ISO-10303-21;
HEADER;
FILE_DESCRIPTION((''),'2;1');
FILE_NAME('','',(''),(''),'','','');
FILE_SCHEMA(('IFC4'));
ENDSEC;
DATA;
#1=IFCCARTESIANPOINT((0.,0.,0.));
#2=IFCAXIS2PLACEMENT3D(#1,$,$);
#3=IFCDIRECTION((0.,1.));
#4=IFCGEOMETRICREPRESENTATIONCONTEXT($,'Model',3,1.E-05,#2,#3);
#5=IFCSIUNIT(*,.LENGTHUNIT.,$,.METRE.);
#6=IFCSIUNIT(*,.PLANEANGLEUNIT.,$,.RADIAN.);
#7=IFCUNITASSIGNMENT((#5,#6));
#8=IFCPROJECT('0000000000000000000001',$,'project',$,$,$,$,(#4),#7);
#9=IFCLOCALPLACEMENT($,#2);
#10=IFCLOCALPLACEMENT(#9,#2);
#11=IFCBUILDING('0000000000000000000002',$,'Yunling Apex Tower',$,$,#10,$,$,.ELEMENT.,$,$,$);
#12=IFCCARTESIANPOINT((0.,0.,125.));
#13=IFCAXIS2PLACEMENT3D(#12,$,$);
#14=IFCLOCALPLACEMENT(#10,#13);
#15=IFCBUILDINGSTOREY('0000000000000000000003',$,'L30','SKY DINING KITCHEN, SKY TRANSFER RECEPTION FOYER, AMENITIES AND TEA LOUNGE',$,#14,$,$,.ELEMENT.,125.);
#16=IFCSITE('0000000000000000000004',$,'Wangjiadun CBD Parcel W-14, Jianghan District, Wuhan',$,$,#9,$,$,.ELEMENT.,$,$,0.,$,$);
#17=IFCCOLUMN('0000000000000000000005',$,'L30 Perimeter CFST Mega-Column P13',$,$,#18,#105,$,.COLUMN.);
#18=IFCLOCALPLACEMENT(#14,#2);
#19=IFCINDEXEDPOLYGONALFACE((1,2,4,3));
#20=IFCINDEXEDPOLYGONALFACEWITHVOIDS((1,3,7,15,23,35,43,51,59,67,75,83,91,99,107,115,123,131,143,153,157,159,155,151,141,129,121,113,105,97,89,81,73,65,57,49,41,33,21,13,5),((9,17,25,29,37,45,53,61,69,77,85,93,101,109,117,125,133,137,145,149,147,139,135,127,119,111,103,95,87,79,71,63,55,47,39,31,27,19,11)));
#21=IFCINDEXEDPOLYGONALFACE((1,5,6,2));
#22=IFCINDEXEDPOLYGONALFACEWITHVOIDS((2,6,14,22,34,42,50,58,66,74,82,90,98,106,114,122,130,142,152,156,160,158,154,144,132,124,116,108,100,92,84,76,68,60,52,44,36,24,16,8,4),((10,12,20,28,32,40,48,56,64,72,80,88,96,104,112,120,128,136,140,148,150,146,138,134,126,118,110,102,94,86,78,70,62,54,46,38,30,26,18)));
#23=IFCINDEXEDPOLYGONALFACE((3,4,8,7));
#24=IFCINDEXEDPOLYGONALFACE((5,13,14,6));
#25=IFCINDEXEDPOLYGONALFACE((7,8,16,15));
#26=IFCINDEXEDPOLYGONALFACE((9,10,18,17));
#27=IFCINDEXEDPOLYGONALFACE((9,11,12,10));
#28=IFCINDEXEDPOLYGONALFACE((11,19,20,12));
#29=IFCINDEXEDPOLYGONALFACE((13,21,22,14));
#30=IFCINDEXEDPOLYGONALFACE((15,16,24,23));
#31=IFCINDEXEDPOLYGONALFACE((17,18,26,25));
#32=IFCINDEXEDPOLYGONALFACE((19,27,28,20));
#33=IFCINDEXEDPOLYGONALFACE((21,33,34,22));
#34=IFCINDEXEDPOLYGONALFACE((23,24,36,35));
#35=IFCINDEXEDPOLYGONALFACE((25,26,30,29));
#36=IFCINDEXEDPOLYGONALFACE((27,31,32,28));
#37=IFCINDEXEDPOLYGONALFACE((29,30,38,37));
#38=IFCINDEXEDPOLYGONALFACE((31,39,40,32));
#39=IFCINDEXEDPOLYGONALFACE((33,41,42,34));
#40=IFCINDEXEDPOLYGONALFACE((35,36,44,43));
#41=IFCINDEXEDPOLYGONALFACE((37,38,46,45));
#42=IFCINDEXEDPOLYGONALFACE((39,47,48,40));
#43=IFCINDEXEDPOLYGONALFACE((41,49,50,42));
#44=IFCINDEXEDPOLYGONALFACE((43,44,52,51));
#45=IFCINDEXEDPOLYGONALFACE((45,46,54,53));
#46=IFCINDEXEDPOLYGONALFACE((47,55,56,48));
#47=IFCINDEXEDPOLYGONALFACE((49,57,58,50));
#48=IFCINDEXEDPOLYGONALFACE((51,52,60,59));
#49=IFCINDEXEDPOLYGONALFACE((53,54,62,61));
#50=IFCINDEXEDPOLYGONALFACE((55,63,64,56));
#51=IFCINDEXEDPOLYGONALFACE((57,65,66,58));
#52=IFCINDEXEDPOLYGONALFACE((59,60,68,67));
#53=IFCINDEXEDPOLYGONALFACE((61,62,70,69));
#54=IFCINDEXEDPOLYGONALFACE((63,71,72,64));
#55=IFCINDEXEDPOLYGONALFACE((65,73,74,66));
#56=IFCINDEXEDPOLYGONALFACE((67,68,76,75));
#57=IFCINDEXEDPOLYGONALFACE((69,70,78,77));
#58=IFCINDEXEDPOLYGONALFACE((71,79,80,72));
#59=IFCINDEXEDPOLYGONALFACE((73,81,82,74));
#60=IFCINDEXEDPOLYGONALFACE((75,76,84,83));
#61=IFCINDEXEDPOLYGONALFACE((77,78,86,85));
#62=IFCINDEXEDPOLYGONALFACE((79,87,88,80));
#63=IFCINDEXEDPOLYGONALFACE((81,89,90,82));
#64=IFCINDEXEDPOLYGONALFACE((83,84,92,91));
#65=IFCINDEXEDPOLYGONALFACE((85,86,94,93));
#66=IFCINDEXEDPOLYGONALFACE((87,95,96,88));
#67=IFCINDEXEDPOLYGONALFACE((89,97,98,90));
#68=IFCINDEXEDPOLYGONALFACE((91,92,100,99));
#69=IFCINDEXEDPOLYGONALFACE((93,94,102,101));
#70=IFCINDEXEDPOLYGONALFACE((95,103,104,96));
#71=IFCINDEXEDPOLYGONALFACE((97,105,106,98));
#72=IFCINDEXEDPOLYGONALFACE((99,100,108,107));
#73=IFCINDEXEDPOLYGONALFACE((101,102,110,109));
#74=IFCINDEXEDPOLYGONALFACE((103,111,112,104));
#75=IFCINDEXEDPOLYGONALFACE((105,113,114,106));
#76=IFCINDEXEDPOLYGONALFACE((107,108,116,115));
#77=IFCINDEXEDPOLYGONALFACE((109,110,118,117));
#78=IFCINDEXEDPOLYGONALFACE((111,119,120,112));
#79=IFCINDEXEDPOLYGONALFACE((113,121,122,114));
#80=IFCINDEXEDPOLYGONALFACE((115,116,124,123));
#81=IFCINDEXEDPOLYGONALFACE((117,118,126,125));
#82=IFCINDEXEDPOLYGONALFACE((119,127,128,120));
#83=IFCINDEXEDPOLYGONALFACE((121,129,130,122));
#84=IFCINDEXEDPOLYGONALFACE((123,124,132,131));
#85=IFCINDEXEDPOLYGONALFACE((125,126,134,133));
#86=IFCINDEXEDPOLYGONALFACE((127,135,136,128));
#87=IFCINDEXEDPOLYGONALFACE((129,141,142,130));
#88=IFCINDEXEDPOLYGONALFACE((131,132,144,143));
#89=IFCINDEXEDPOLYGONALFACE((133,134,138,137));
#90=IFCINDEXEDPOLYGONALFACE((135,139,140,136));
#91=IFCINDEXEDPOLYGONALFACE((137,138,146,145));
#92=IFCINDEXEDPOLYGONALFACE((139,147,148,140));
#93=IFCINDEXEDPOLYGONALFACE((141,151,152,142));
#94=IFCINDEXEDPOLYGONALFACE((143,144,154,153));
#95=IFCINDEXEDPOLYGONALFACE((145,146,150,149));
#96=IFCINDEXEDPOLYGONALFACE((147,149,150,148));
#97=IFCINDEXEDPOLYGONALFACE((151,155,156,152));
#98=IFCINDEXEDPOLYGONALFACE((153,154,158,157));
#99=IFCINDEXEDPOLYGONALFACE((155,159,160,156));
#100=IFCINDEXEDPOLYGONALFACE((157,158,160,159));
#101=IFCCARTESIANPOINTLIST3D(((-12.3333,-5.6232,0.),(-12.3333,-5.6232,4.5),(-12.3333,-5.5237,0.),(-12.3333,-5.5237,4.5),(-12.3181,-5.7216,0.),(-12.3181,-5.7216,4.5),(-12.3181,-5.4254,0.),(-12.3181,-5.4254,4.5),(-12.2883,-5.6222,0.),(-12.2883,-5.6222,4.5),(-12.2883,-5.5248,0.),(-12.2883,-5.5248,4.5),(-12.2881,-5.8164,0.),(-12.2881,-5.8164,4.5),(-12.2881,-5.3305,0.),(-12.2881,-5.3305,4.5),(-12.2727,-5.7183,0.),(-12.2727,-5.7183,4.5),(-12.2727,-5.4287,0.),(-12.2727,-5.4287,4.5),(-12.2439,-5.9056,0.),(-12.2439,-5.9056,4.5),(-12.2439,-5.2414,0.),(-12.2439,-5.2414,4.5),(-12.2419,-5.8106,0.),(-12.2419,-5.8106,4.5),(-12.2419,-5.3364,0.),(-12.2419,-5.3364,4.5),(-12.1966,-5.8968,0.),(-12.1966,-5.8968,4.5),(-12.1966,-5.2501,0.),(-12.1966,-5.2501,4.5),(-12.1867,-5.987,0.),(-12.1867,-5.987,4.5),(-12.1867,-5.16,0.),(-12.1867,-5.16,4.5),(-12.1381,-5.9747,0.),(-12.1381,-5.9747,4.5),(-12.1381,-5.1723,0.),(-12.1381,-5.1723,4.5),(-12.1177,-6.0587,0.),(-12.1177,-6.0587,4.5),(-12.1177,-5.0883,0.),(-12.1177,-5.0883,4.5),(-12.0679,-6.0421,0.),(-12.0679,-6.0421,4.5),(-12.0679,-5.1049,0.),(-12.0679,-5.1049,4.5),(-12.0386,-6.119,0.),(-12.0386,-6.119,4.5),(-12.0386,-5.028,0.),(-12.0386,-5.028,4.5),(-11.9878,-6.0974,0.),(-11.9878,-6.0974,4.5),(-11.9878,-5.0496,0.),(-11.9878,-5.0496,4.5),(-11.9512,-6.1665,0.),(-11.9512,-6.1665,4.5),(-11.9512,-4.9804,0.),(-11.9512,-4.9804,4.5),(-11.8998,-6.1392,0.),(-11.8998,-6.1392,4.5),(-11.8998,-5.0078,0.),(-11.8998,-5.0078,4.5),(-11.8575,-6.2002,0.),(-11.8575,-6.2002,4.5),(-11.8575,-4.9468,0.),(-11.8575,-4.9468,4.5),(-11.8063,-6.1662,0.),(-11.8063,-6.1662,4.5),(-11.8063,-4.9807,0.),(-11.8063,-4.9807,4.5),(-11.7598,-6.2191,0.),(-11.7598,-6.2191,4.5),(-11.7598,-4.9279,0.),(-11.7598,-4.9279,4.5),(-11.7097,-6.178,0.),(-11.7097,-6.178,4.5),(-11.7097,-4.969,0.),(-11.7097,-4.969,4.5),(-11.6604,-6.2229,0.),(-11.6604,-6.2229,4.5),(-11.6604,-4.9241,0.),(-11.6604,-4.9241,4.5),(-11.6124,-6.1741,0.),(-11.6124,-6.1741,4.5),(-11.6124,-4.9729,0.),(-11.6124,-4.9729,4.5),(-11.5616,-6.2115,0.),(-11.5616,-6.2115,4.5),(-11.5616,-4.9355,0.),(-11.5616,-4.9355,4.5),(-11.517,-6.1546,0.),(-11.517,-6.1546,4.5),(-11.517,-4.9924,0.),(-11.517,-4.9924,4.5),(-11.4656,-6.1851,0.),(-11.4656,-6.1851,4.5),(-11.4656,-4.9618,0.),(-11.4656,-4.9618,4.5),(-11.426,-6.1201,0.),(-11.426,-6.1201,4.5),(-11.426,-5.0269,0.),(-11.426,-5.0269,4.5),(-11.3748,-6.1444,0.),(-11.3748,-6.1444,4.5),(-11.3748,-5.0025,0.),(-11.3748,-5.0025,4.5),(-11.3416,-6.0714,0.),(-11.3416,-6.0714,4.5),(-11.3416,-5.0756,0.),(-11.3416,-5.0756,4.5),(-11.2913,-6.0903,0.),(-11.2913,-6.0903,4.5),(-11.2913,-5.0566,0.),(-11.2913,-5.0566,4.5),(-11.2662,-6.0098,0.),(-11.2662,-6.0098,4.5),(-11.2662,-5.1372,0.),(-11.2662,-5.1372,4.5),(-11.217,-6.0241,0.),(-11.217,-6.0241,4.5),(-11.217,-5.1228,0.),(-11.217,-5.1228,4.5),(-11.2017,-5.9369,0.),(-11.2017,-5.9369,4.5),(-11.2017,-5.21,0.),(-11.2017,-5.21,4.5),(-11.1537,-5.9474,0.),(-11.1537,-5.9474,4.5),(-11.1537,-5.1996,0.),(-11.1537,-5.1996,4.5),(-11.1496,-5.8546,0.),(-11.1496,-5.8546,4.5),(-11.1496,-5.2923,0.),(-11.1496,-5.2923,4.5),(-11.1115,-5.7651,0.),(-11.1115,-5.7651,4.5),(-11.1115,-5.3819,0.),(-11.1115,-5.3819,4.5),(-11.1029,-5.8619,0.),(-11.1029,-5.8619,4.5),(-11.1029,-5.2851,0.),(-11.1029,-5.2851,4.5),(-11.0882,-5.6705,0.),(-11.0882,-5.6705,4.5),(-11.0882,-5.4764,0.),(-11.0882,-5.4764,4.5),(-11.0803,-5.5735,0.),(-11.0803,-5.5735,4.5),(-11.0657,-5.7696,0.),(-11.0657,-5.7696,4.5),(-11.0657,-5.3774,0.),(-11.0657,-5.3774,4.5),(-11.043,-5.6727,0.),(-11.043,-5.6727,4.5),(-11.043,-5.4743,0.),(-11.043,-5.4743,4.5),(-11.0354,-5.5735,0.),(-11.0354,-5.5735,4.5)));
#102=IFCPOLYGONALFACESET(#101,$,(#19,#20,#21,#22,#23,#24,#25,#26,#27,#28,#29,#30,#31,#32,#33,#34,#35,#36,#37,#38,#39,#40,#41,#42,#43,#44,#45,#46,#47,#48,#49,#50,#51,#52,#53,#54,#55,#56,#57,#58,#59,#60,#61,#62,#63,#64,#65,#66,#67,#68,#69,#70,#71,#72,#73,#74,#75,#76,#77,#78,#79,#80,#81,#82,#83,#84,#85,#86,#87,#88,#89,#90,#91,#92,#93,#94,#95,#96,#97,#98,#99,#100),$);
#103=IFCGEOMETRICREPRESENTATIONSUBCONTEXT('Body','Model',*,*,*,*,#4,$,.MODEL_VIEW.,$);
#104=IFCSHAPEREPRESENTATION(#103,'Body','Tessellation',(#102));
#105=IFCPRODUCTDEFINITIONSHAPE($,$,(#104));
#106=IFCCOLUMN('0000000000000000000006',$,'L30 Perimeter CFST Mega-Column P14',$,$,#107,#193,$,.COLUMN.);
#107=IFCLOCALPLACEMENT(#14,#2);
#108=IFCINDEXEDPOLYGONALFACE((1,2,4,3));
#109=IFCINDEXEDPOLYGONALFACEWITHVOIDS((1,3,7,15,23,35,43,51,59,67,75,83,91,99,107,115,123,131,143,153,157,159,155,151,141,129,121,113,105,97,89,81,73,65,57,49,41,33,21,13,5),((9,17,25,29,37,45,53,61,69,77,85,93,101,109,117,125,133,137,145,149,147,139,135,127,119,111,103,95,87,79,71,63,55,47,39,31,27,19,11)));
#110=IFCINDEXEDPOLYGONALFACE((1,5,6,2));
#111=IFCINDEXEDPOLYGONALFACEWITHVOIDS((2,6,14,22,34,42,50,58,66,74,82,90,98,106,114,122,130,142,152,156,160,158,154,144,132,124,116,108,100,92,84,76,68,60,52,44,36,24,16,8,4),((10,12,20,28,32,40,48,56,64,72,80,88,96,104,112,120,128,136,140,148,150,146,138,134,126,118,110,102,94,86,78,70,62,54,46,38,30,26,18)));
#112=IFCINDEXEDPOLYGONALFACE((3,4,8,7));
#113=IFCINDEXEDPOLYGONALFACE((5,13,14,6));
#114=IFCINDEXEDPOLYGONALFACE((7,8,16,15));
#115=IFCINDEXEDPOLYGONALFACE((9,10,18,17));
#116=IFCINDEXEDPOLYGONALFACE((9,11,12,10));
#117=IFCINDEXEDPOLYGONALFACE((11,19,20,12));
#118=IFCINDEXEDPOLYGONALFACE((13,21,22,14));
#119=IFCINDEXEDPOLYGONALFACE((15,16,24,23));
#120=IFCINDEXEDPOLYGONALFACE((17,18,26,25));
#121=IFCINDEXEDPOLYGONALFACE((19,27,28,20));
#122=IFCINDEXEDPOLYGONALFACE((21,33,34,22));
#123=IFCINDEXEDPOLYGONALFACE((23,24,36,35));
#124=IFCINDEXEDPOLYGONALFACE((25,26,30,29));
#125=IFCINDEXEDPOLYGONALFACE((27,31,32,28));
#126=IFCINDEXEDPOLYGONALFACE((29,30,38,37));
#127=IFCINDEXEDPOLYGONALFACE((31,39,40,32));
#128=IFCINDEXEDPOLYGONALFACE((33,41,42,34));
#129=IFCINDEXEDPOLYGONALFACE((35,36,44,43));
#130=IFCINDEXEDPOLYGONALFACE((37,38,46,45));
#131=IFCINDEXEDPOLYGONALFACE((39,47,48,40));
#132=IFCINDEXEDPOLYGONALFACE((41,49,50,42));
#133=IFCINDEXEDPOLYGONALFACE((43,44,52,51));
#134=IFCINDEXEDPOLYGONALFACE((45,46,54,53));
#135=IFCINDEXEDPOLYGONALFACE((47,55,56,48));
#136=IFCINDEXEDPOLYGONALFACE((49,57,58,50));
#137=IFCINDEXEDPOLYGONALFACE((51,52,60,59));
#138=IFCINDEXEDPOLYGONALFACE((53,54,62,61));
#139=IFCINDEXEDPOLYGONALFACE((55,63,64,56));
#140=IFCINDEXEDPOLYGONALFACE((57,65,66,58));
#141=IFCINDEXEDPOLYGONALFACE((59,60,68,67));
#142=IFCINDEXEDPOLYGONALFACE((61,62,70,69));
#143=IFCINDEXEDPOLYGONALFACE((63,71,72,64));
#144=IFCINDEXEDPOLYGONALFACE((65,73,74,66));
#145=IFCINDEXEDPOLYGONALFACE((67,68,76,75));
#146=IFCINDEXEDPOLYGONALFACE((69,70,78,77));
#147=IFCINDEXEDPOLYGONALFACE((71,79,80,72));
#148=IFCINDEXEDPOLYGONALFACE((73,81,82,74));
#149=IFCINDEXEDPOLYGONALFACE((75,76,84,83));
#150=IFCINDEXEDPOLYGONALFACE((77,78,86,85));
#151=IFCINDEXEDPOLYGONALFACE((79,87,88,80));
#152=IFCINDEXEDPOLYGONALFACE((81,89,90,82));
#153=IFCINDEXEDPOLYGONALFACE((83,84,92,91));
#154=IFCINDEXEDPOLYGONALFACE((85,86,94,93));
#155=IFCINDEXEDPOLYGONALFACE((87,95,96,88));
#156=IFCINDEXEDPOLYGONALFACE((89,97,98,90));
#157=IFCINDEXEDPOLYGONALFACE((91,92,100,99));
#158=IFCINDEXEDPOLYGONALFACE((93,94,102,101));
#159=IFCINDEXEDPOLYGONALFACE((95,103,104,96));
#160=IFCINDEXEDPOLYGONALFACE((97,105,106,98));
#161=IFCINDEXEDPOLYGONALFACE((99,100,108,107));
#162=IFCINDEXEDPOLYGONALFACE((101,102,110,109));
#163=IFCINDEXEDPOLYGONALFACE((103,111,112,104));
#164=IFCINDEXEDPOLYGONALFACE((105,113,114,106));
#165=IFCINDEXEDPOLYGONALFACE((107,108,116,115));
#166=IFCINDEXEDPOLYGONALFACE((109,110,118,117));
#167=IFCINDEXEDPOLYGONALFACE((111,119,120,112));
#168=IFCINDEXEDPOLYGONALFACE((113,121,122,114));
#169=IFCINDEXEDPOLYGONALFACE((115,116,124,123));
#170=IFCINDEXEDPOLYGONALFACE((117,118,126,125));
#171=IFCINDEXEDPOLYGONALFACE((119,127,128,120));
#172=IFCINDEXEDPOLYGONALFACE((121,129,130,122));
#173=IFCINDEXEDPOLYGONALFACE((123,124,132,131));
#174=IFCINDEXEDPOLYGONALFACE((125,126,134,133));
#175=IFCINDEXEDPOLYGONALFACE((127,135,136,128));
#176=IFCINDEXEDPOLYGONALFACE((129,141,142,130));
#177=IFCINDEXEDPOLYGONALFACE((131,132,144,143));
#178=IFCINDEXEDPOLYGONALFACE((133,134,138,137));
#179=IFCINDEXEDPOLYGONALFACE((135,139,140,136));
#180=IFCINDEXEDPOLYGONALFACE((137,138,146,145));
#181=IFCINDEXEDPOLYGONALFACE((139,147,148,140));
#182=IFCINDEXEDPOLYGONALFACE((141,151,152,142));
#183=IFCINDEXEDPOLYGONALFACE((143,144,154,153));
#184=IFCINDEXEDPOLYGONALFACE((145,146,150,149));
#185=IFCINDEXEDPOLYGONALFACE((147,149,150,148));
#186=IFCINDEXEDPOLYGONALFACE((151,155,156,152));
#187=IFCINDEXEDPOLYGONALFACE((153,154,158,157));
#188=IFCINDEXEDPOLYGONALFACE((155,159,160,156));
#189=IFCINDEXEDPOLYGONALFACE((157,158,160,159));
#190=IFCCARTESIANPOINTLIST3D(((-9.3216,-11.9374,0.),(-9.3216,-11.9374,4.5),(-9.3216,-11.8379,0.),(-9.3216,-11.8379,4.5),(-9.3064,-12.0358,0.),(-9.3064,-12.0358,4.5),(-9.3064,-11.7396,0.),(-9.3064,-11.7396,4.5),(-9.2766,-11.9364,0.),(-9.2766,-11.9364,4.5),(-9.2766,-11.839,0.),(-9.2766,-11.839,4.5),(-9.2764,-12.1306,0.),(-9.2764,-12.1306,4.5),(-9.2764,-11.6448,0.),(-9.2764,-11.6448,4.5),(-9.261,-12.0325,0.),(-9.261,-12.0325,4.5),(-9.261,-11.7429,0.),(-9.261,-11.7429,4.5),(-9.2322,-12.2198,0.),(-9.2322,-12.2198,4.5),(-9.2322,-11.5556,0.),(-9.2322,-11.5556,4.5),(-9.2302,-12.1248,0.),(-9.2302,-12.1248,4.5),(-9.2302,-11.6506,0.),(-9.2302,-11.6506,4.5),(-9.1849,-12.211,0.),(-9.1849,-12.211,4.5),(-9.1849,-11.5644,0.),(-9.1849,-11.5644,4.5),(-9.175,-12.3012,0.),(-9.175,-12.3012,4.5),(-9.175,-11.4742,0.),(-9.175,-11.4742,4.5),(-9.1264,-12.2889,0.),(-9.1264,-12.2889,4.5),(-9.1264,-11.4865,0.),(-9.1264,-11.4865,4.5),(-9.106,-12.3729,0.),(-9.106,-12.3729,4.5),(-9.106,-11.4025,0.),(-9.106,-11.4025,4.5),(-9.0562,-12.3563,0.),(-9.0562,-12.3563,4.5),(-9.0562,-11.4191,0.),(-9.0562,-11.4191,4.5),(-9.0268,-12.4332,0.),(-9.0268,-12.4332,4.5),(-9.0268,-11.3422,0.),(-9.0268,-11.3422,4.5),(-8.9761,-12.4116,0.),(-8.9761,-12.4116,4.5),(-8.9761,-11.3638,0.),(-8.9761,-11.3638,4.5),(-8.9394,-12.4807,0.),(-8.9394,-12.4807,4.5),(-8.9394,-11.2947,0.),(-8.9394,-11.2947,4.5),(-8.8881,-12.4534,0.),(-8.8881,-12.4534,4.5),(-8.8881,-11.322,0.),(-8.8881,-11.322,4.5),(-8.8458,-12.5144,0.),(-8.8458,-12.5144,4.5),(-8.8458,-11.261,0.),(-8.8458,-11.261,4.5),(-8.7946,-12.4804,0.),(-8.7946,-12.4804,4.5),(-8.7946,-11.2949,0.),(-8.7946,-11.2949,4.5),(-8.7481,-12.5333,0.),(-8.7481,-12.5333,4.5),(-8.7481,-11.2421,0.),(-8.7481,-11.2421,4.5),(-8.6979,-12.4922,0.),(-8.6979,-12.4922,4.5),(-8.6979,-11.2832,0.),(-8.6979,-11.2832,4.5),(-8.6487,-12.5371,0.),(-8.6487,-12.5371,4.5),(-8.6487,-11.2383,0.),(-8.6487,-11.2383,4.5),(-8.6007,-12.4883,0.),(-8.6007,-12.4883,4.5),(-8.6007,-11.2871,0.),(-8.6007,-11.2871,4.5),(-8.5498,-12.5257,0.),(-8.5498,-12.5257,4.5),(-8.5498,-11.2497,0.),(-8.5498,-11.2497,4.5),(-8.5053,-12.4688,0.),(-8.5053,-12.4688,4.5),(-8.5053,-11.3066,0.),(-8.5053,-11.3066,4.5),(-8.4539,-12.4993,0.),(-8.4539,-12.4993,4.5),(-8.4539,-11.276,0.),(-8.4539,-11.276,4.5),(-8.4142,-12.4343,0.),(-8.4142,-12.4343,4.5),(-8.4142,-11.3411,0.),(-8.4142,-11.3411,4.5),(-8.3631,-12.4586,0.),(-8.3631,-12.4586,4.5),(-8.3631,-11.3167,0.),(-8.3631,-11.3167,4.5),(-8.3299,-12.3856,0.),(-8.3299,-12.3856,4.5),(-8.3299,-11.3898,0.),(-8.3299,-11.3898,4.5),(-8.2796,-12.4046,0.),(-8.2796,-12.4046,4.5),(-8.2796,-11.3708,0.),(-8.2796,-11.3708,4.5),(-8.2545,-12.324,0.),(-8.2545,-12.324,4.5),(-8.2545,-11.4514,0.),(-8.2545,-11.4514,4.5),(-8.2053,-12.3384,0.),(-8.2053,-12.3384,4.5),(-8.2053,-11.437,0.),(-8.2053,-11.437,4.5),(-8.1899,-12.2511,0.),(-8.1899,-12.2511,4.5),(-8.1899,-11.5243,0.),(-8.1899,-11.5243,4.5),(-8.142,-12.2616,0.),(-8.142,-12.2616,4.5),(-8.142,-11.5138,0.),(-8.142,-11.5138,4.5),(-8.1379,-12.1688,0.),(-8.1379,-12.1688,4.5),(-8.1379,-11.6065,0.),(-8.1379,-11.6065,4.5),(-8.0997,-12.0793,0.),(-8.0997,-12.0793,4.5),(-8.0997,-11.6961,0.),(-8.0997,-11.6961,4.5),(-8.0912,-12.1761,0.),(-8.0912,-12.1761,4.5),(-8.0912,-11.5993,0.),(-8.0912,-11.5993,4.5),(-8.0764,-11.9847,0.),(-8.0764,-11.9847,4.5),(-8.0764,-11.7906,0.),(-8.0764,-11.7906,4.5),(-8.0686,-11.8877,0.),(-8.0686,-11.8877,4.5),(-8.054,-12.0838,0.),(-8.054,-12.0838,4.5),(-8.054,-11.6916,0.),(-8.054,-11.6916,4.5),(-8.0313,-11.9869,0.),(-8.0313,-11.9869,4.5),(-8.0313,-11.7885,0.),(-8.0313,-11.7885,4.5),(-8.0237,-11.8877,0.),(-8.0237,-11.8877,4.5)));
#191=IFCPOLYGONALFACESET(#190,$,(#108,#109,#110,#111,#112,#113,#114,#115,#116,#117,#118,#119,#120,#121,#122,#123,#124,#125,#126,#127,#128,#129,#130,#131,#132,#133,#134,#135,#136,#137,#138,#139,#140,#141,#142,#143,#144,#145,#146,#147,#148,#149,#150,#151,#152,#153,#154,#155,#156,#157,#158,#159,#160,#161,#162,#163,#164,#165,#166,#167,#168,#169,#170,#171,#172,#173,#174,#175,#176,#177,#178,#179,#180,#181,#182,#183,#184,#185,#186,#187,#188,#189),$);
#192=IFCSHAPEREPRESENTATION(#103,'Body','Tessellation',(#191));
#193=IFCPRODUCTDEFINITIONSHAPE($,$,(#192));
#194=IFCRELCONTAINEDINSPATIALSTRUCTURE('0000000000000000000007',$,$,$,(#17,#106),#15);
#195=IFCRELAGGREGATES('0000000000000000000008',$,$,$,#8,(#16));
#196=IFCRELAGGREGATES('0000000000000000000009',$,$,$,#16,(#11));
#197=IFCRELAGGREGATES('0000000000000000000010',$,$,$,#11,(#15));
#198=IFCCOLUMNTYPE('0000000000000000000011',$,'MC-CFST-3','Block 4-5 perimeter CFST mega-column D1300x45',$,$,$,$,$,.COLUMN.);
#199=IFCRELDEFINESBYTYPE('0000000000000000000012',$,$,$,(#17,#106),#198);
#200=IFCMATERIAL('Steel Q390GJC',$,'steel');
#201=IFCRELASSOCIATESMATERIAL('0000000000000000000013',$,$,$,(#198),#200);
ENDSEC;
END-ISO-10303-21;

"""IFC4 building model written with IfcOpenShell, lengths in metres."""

from ifc_helpers import new_model, si_unit, direction, frame, origin, origin_2d, place, context, subcontext, project, spatial, hollow_circle, extrude, source, transform, mapped, material, material_profile, profile_set, type_object, element, save


model = new_model("IFC4")

# Units and contexts
model_context = context("Model", 3, precision=1e-05, world=origin(), true_north=direction((0.0, 1.0)))
body_context = subcontext(model_context, "Body", "Model", "MODEL_VIEW")
ifc_project = project(units=[si_unit("LENGTHUNIT", "METRE"), si_unit("PLANEANGLEUNIT", "RADIAN")], contexts=[model_context])

# Site, building, storey
site_placement = place(None, origin())
site = spatial("IfcSite", under=ifc_project, at=site_placement, Name="Wangjiadun CBD Parcel W-14, Jianghan District, Wuhan", CompositionType="ELEMENT", RefElevation=0.0)
building_placement = place(site_placement, origin())
building = spatial("IfcBuilding", under=site, at=building_placement, Name="Yunling Apex Tower", CompositionType="ELEMENT")
storey_placement = place(building_placement, frame((0.0, 0.0, 125.0)))
storey = spatial("IfcBuildingStorey", under=building, at=storey_placement, Name="L30", Description="SKY DINING KITCHEN, SKY TRANSFER RECEPTION FOYER, AMENITIES AND TEA LOUNGE", CompositionType="ELEMENT", Elevation=125.0)

# Columns
ifc_material_1 = material(Name="Steel Q390GJC", Category="steel")
ifc_material_profile_1 = material_profile(ifc_material_1, hollow_circle(Radius=0.6499, WallThickness=0.0449, at=origin_2d()))
ifc_profile_set_1 = profile_set([ifc_material_profile_1], Name="Steel Q390GJC")
column_type = type_object("IfcColumnType", Name="MC-CFST-3", Description="Block 4-5 perimeter CFST mega-column D1300x45", PredefinedType="COLUMN", material=ifc_profile_set_1)
shared_shape_1 = source(origin(), body_context, "Body", "SweptSolid", [
    extrude(hollow_circle(Radius=0.6499, WallThickness=0.0449, at=origin_2d()), origin(), (0.0, 0.0, 1.0), 4.5),
])
for number, where, z_axis, x_axis, name in (
    (1, (-11.6853, -5.5735, 0.0), (0.0, 0.0, 1.0), (1.0, 0.0, 0.0), "L30 Perimeter CFST Mega-Column P13"),
    (2, (-8.6736, -11.8877, 0.0), (0.0, 0.0, 1.0), (1.0, 0.0, 0.0), "L30 Perimeter CFST Mega-Column P14"),
):
    element("IfcColumn", number, at=place(storey_placement, frame(where, z_axis=z_axis, x_axis=x_axis)), inside=storey, type_object=column_type, Name=name, PredefinedType="COLUMN", context=body_context, shape_type="MappedRepresentation", body=[
        mapped(shared_shape_1, transform((0.0, 0.0, 0.0), scale=1.0)),
    ])

save(model, "model.ifc")
